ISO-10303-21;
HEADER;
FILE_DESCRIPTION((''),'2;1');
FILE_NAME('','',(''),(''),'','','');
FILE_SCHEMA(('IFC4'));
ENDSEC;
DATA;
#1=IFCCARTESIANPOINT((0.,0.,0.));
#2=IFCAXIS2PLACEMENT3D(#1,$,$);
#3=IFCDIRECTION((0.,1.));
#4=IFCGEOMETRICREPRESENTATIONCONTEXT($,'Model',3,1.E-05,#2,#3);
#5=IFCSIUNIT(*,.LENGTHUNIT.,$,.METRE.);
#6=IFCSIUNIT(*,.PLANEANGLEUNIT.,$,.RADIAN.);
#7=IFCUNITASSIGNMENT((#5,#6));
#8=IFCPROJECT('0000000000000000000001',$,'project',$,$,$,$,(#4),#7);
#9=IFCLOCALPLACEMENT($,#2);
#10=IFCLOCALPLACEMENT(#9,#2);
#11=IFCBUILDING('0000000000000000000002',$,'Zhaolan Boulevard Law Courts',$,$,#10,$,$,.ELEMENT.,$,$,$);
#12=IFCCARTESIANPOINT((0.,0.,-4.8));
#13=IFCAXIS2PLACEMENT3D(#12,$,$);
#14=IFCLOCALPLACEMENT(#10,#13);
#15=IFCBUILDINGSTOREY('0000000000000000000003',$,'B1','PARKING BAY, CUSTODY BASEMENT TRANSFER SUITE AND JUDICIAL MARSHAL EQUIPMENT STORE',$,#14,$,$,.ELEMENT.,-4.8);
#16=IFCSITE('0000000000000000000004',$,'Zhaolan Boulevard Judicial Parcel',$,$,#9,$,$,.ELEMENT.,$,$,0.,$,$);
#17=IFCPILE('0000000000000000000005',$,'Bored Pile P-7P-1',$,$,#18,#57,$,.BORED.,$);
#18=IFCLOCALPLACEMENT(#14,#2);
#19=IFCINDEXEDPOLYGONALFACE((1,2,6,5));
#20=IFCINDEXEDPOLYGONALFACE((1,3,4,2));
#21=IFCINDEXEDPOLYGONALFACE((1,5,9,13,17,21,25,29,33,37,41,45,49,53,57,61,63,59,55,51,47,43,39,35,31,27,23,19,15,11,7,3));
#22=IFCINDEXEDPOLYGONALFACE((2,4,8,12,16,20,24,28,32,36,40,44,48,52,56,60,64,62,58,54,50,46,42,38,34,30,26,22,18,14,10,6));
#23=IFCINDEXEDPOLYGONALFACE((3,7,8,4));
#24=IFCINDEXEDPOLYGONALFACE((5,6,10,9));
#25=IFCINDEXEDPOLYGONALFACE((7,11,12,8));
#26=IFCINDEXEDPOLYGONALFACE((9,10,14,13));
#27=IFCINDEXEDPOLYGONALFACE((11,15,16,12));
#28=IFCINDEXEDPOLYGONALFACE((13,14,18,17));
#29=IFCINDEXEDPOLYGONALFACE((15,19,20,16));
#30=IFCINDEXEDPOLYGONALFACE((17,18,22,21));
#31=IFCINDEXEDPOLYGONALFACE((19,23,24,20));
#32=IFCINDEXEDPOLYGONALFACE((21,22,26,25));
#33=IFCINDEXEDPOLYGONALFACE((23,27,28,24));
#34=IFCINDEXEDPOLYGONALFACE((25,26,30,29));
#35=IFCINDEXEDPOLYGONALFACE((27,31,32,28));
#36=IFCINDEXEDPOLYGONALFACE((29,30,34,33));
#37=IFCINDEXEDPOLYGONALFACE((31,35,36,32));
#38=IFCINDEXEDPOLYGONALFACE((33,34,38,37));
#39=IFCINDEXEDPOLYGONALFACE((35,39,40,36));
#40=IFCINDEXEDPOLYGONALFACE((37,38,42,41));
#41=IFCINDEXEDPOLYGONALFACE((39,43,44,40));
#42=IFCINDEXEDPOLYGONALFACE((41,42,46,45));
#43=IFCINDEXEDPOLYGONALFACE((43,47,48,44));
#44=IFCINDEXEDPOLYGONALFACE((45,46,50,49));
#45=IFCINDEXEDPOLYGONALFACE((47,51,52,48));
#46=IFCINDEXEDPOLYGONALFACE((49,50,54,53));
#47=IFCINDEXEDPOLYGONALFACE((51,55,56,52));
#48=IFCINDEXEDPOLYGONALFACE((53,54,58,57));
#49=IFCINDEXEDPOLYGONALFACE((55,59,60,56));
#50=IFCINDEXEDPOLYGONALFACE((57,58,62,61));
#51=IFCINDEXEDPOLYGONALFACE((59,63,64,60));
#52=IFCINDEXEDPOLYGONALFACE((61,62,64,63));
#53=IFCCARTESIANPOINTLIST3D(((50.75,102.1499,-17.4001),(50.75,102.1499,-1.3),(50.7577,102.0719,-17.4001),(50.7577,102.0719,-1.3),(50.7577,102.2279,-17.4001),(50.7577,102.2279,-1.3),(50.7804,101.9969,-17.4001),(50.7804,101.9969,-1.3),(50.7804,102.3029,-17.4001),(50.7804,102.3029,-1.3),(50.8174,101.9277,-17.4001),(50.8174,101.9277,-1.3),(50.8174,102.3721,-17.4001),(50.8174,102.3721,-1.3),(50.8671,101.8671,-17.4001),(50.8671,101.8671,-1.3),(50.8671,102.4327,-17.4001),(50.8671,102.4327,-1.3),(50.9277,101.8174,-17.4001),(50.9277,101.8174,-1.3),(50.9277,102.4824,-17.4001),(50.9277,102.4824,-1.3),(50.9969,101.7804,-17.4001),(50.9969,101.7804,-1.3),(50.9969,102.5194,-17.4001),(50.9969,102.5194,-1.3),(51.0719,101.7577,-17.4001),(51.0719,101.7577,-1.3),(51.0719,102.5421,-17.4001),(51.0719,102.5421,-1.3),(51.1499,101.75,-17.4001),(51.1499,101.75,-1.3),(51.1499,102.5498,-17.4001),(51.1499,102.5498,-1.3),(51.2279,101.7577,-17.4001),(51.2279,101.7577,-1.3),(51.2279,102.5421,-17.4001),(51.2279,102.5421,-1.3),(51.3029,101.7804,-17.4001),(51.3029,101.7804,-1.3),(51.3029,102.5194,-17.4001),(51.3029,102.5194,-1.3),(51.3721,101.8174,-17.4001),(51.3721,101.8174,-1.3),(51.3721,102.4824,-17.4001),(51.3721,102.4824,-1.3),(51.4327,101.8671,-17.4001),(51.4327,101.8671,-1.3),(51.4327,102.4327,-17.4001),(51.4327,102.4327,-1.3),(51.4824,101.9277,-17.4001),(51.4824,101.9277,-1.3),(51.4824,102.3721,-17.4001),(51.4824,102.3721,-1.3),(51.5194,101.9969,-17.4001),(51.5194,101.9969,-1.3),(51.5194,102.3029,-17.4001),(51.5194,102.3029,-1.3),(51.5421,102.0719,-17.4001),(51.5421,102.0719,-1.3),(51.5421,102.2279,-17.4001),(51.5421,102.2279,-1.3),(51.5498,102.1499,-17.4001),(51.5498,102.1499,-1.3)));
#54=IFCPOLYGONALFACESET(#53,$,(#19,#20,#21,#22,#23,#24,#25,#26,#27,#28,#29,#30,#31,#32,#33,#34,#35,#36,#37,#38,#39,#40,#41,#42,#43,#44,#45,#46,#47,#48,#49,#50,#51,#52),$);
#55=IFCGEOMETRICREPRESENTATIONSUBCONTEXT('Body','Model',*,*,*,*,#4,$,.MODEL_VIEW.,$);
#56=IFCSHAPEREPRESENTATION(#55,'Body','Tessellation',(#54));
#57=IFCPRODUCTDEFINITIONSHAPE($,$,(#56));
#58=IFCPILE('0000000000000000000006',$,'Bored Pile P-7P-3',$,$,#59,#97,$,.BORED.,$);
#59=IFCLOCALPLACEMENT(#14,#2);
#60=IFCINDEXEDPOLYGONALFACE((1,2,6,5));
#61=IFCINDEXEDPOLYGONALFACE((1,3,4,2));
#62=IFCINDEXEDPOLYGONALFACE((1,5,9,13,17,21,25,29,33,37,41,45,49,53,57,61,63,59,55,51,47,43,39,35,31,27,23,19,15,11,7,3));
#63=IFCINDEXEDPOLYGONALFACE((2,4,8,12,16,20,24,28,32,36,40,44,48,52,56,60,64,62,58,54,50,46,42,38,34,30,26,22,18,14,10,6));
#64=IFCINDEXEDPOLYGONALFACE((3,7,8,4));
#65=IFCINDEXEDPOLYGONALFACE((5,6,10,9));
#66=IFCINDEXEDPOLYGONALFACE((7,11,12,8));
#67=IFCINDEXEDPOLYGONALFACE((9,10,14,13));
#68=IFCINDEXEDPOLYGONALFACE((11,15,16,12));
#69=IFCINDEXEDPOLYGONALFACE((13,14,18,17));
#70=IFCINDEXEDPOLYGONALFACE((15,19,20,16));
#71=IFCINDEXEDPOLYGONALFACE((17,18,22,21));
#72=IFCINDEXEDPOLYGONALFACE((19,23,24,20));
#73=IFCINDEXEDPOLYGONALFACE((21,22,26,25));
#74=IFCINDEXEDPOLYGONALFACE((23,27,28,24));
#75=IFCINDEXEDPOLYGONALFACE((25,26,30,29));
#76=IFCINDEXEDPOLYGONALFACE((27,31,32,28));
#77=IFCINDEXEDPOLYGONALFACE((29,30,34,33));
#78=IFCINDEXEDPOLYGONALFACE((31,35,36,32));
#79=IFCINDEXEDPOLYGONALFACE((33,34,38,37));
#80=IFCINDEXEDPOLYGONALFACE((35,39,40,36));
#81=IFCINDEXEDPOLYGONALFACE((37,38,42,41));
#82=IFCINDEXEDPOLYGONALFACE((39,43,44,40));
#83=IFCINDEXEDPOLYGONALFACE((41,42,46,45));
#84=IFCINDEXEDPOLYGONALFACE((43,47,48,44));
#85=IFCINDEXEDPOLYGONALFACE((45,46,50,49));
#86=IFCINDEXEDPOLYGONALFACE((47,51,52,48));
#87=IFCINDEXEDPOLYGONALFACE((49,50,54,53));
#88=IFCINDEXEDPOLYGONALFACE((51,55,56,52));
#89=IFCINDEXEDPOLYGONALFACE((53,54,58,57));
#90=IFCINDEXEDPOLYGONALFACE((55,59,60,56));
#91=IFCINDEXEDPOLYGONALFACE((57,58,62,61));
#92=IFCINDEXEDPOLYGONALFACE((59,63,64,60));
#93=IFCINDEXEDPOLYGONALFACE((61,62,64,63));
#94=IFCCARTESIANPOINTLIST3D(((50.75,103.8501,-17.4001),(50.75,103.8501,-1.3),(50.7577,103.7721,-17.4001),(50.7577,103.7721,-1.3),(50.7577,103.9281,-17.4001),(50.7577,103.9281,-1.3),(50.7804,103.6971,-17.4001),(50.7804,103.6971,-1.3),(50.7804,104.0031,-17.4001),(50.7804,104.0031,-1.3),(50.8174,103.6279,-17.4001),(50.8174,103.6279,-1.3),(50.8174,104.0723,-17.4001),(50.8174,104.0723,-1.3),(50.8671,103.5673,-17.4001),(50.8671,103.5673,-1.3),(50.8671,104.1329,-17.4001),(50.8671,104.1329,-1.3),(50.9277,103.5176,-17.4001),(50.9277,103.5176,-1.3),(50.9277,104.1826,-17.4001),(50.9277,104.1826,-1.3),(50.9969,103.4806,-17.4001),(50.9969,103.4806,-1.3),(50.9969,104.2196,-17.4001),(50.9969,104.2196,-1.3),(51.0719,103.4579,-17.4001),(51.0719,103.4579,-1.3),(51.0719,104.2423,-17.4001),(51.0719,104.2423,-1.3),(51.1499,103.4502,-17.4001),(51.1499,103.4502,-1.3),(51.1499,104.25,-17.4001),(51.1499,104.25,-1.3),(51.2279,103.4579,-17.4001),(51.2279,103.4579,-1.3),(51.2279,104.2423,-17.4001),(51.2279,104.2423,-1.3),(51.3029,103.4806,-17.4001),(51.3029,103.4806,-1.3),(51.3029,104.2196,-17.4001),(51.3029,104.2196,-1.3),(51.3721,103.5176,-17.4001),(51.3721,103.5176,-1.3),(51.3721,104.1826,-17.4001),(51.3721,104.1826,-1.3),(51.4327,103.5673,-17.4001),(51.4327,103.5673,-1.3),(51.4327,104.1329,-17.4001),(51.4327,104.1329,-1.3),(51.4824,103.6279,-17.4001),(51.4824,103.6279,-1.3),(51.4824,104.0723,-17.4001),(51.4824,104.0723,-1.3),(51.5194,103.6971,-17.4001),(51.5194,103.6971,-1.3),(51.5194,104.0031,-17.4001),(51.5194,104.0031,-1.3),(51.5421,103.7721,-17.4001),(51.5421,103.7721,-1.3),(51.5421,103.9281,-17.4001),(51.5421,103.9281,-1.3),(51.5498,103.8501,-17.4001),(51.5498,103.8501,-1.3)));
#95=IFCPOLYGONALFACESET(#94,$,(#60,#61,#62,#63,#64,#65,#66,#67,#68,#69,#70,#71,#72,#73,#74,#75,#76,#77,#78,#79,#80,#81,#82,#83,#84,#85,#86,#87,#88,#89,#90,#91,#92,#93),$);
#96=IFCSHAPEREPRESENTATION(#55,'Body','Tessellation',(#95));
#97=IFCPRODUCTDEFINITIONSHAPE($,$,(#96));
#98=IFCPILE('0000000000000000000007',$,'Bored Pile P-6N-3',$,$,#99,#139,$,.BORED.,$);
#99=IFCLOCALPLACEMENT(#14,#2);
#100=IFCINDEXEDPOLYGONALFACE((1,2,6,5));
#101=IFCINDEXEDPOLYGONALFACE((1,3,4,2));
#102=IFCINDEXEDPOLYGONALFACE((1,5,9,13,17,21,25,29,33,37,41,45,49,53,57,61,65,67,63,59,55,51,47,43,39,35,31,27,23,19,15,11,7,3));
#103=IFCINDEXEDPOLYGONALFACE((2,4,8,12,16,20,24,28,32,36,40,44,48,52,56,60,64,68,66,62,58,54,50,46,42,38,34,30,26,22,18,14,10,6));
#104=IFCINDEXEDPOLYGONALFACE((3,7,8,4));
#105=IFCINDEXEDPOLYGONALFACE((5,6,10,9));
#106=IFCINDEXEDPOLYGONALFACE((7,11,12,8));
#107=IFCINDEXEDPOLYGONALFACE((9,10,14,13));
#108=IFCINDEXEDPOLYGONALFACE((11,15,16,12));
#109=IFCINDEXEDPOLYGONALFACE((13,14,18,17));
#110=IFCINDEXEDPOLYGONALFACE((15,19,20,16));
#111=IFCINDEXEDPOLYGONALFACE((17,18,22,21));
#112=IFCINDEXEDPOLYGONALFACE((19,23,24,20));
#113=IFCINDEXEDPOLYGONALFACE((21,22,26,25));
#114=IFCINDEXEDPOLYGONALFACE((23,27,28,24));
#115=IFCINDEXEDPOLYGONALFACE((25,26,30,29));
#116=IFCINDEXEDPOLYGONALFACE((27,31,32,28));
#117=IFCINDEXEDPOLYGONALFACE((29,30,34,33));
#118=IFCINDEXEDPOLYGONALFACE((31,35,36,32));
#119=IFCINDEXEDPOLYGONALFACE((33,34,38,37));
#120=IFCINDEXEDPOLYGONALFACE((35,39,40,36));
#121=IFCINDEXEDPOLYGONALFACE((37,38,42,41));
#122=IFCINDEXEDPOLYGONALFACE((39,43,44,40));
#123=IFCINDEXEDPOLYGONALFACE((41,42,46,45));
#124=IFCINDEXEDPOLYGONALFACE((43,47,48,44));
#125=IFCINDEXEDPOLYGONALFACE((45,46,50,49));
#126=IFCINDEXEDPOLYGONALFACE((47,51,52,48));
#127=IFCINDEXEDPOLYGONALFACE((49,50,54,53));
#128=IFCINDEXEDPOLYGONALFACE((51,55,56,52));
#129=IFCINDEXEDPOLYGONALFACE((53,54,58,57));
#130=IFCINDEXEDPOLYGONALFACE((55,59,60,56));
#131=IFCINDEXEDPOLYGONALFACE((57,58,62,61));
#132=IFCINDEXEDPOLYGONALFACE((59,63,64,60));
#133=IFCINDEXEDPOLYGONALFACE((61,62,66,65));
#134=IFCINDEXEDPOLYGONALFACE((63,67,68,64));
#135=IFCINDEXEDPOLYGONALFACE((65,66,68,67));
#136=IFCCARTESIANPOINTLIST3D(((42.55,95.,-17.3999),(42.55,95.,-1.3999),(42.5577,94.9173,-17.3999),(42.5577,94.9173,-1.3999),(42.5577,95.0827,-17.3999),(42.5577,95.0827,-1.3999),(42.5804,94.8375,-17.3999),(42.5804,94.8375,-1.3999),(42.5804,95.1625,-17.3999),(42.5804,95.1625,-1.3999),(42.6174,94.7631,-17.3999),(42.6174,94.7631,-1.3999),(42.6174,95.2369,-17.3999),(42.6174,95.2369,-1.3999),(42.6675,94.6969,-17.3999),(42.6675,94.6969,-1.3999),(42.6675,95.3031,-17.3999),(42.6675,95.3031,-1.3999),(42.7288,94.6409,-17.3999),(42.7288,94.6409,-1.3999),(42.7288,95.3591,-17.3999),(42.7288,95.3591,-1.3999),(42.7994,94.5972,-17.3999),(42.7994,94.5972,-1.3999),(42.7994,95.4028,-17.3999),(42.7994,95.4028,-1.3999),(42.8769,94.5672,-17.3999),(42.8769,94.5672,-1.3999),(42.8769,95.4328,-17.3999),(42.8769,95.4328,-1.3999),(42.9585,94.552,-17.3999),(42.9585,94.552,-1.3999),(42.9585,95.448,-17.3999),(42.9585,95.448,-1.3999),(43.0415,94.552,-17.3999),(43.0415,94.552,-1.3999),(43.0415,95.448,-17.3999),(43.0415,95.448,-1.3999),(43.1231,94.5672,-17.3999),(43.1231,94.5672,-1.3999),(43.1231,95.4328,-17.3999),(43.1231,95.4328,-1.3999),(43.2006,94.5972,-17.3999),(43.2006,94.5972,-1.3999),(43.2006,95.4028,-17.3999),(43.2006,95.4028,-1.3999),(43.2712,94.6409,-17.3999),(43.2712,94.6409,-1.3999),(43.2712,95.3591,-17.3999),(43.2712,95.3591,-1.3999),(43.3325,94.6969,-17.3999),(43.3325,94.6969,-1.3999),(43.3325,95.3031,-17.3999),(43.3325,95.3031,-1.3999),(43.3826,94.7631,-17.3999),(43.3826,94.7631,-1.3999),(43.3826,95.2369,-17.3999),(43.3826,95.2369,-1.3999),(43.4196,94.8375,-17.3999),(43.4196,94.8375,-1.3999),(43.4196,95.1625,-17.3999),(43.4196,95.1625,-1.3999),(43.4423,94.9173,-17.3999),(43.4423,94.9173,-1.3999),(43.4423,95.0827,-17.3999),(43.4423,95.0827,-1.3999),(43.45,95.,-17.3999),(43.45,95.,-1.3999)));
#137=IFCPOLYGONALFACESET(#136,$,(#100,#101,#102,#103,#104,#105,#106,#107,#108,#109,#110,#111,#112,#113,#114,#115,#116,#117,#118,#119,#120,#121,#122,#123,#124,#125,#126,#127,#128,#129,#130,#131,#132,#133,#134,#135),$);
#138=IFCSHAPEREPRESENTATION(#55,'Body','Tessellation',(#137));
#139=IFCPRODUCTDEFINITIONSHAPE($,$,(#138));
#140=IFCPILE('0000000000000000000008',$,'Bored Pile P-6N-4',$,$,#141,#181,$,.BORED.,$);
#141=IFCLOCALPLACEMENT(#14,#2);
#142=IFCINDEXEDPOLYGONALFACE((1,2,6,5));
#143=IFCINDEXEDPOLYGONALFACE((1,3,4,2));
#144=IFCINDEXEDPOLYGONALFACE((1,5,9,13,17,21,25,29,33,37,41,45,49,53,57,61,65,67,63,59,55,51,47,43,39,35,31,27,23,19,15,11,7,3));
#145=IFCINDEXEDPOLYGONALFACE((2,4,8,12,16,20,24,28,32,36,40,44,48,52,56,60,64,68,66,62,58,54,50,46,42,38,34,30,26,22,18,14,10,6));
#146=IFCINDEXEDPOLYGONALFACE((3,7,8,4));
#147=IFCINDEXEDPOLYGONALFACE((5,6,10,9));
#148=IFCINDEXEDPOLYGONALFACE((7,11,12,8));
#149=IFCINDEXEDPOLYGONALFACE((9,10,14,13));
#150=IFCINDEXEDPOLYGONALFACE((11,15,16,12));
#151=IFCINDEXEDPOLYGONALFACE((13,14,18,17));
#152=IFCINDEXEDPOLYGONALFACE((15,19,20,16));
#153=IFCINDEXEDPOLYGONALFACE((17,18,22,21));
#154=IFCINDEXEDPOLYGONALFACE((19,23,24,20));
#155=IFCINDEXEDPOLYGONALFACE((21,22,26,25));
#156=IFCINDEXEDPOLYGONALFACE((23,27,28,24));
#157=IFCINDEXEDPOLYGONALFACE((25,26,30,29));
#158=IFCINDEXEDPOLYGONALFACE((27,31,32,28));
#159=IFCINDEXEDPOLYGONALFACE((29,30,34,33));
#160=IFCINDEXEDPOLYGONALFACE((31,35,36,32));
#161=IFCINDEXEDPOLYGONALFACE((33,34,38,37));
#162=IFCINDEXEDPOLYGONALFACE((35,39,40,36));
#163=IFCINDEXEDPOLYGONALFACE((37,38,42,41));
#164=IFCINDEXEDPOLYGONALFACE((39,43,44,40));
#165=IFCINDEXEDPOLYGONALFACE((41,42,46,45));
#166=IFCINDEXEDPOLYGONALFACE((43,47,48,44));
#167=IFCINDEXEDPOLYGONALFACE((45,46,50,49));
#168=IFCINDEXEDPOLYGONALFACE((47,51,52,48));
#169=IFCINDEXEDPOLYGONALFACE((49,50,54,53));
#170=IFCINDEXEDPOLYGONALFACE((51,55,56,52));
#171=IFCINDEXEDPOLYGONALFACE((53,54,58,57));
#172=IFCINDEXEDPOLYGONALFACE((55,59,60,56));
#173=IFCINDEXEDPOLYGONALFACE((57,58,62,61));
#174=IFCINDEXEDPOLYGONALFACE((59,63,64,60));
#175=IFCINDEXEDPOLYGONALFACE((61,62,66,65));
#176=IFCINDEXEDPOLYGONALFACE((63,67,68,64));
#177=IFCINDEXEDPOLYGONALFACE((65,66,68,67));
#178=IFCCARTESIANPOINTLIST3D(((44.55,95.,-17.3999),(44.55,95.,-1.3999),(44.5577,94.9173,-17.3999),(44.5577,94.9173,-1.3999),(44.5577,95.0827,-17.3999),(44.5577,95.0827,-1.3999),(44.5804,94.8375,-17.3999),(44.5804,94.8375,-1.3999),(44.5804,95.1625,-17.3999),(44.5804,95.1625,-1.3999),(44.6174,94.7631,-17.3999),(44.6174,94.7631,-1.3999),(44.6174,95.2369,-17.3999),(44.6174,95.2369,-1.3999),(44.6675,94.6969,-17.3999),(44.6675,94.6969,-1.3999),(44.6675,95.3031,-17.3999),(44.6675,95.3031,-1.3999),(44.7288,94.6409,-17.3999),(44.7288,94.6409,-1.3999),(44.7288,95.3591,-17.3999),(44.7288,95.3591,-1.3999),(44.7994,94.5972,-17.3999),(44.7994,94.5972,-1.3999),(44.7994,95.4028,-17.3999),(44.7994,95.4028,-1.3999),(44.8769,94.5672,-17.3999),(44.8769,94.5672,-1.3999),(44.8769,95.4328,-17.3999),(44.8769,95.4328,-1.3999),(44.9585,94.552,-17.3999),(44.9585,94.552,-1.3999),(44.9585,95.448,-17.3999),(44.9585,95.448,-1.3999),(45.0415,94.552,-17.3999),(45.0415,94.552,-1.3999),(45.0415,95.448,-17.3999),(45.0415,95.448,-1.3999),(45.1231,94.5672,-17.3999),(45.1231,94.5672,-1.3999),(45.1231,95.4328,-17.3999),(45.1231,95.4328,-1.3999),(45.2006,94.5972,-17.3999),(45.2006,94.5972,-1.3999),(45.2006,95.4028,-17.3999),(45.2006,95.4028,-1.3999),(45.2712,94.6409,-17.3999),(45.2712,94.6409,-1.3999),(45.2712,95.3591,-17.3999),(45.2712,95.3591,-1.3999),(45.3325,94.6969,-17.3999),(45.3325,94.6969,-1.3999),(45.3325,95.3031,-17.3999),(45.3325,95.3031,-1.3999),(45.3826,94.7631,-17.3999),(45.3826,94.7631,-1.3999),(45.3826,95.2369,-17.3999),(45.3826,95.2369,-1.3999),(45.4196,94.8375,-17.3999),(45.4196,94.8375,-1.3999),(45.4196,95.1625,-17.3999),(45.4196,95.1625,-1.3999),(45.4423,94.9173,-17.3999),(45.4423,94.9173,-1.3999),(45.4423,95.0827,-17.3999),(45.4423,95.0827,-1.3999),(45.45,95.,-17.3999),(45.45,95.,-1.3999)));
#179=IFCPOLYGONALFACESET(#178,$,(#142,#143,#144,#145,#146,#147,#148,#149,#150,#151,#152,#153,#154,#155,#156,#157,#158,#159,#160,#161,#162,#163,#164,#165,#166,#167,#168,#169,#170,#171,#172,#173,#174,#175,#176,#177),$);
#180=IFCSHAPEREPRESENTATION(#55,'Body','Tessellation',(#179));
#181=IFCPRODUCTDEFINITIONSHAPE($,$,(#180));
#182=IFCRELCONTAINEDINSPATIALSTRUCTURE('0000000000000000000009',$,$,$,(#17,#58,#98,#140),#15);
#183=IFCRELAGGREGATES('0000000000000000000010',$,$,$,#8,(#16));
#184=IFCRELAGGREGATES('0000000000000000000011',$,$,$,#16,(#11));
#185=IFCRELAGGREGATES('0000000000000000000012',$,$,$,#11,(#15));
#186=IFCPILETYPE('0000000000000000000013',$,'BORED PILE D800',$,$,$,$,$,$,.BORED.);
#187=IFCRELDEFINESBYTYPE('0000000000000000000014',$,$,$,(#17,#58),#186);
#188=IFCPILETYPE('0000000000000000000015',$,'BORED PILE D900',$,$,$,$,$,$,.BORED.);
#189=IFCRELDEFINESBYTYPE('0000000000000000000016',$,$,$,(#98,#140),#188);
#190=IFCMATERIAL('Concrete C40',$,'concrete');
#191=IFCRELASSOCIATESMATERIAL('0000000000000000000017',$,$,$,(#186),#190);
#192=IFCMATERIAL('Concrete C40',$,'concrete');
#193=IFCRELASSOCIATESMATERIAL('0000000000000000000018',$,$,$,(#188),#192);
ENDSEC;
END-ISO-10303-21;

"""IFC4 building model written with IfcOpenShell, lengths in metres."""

from ifc_helpers import new_model, si_unit, direction, frame, origin, origin_2d, place, context, subcontext, project, spatial, circle, extrude, material, material_profile, profile_set, type_object, element, save


model = new_model("IFC4")

# Units and contexts
model_context = context("Model", 3, precision=1e-05, world=origin(), true_north=direction((0.0, 1.0)))
body_context = subcontext(model_context, "Body", "Model", "MODEL_VIEW")
ifc_project = project(units=[si_unit("LENGTHUNIT", "METRE"), si_unit("PLANEANGLEUNIT", "RADIAN")], contexts=[model_context])

# Site, building, storey
site_placement = place(None, origin())
site = spatial("IfcSite", under=ifc_project, at=site_placement, Name="Zhaolan Boulevard Judicial Parcel", CompositionType="ELEMENT", RefElevation=0.0)
building_placement = place(site_placement, origin())
building = spatial("IfcBuilding", under=site, at=building_placement, Name="Zhaolan Boulevard Law Courts", CompositionType="ELEMENT")
storey_placement = place(building_placement, frame((0.0, 0.0, -4.8)))
storey = spatial("IfcBuildingStorey", under=building, at=storey_placement, Name="B1", Description="PARKING BAY, CUSTODY BASEMENT TRANSFER SUITE AND JUDICIAL MARSHAL EQUIPMENT STORE", CompositionType="ELEMENT", Elevation=-4.8)

# Piles
ifc_material_1 = material(Name="Concrete C40", Category="concrete")
ifc_material_profile_1 = material_profile(ifc_material_1, circle(Radius=0.3999, at=origin_2d()), Name="PILE-D800")
ifc_profile_set_1 = profile_set([ifc_material_profile_1], Name="Concrete C40")
pile_type_1 = type_object("IfcPileType", Name="BORED PILE D800", PredefinedType="BORED", material=ifc_profile_set_1)
for number, where, z_axis, x_axis, name in (
    (1, (51.1499, 102.1499, -1.3), (0.0, 0.0, -1.0), (1.0, 0.0, 0.0), "Bored Pile P-7P-1"),
    (2, (51.1499, 103.8501, -1.3), (0.0, 0.0, -1.0), (1.0, 0.0, 0.0), "Bored Pile P-7P-3"),
):
    element("IfcPile", number, at=place(storey_placement, frame(where, z_axis=z_axis, x_axis=x_axis)), inside=storey, type_object=pile_type_1, Name=name, PredefinedType="BORED", context=body_context, shape_type="SweptSolid", body=[
        extrude(circle(Radius=0.3999, at=origin_2d()), origin(), (0.0, 0.0, 1.0), 16.1001),
    ])
ifc_material_2 = material(Name="Concrete C40", Category="concrete")
ifc_material_profile_2 = material_profile(ifc_material_2, circle(Radius=0.45, at=origin_2d()), Name="PILE-D900")
ifc_profile_set_2 = profile_set([ifc_material_profile_2], Name="Concrete C40")
pile_type_2 = type_object("IfcPileType", Name="BORED PILE D900", PredefinedType="BORED", material=ifc_profile_set_2)
for number, where, z_axis, x_axis, name in (
    (3, (43.0, 95.0, -1.3999), (0.0, 0.0, -1.0), (1.0, 0.0, 0.0), "Bored Pile P-6N-3"),
    (4, (45.0, 95.0, -1.3999), (0.0, 0.0, -1.0), (1.0, 0.0, 0.0), "Bored Pile P-6N-4"),
):
    element("IfcPile", number, at=place(storey_placement, frame(where, z_axis=z_axis, x_axis=x_axis)), inside=storey, type_object=pile_type_2, Name=name, PredefinedType="BORED", context=body_context, shape_type="SweptSolid", body=[
        extrude(circle(Radius=0.45, at=origin_2d()), origin(), (0.0, 0.0, 1.0), 16.0),
    ])

save(model, "model.ifc")
